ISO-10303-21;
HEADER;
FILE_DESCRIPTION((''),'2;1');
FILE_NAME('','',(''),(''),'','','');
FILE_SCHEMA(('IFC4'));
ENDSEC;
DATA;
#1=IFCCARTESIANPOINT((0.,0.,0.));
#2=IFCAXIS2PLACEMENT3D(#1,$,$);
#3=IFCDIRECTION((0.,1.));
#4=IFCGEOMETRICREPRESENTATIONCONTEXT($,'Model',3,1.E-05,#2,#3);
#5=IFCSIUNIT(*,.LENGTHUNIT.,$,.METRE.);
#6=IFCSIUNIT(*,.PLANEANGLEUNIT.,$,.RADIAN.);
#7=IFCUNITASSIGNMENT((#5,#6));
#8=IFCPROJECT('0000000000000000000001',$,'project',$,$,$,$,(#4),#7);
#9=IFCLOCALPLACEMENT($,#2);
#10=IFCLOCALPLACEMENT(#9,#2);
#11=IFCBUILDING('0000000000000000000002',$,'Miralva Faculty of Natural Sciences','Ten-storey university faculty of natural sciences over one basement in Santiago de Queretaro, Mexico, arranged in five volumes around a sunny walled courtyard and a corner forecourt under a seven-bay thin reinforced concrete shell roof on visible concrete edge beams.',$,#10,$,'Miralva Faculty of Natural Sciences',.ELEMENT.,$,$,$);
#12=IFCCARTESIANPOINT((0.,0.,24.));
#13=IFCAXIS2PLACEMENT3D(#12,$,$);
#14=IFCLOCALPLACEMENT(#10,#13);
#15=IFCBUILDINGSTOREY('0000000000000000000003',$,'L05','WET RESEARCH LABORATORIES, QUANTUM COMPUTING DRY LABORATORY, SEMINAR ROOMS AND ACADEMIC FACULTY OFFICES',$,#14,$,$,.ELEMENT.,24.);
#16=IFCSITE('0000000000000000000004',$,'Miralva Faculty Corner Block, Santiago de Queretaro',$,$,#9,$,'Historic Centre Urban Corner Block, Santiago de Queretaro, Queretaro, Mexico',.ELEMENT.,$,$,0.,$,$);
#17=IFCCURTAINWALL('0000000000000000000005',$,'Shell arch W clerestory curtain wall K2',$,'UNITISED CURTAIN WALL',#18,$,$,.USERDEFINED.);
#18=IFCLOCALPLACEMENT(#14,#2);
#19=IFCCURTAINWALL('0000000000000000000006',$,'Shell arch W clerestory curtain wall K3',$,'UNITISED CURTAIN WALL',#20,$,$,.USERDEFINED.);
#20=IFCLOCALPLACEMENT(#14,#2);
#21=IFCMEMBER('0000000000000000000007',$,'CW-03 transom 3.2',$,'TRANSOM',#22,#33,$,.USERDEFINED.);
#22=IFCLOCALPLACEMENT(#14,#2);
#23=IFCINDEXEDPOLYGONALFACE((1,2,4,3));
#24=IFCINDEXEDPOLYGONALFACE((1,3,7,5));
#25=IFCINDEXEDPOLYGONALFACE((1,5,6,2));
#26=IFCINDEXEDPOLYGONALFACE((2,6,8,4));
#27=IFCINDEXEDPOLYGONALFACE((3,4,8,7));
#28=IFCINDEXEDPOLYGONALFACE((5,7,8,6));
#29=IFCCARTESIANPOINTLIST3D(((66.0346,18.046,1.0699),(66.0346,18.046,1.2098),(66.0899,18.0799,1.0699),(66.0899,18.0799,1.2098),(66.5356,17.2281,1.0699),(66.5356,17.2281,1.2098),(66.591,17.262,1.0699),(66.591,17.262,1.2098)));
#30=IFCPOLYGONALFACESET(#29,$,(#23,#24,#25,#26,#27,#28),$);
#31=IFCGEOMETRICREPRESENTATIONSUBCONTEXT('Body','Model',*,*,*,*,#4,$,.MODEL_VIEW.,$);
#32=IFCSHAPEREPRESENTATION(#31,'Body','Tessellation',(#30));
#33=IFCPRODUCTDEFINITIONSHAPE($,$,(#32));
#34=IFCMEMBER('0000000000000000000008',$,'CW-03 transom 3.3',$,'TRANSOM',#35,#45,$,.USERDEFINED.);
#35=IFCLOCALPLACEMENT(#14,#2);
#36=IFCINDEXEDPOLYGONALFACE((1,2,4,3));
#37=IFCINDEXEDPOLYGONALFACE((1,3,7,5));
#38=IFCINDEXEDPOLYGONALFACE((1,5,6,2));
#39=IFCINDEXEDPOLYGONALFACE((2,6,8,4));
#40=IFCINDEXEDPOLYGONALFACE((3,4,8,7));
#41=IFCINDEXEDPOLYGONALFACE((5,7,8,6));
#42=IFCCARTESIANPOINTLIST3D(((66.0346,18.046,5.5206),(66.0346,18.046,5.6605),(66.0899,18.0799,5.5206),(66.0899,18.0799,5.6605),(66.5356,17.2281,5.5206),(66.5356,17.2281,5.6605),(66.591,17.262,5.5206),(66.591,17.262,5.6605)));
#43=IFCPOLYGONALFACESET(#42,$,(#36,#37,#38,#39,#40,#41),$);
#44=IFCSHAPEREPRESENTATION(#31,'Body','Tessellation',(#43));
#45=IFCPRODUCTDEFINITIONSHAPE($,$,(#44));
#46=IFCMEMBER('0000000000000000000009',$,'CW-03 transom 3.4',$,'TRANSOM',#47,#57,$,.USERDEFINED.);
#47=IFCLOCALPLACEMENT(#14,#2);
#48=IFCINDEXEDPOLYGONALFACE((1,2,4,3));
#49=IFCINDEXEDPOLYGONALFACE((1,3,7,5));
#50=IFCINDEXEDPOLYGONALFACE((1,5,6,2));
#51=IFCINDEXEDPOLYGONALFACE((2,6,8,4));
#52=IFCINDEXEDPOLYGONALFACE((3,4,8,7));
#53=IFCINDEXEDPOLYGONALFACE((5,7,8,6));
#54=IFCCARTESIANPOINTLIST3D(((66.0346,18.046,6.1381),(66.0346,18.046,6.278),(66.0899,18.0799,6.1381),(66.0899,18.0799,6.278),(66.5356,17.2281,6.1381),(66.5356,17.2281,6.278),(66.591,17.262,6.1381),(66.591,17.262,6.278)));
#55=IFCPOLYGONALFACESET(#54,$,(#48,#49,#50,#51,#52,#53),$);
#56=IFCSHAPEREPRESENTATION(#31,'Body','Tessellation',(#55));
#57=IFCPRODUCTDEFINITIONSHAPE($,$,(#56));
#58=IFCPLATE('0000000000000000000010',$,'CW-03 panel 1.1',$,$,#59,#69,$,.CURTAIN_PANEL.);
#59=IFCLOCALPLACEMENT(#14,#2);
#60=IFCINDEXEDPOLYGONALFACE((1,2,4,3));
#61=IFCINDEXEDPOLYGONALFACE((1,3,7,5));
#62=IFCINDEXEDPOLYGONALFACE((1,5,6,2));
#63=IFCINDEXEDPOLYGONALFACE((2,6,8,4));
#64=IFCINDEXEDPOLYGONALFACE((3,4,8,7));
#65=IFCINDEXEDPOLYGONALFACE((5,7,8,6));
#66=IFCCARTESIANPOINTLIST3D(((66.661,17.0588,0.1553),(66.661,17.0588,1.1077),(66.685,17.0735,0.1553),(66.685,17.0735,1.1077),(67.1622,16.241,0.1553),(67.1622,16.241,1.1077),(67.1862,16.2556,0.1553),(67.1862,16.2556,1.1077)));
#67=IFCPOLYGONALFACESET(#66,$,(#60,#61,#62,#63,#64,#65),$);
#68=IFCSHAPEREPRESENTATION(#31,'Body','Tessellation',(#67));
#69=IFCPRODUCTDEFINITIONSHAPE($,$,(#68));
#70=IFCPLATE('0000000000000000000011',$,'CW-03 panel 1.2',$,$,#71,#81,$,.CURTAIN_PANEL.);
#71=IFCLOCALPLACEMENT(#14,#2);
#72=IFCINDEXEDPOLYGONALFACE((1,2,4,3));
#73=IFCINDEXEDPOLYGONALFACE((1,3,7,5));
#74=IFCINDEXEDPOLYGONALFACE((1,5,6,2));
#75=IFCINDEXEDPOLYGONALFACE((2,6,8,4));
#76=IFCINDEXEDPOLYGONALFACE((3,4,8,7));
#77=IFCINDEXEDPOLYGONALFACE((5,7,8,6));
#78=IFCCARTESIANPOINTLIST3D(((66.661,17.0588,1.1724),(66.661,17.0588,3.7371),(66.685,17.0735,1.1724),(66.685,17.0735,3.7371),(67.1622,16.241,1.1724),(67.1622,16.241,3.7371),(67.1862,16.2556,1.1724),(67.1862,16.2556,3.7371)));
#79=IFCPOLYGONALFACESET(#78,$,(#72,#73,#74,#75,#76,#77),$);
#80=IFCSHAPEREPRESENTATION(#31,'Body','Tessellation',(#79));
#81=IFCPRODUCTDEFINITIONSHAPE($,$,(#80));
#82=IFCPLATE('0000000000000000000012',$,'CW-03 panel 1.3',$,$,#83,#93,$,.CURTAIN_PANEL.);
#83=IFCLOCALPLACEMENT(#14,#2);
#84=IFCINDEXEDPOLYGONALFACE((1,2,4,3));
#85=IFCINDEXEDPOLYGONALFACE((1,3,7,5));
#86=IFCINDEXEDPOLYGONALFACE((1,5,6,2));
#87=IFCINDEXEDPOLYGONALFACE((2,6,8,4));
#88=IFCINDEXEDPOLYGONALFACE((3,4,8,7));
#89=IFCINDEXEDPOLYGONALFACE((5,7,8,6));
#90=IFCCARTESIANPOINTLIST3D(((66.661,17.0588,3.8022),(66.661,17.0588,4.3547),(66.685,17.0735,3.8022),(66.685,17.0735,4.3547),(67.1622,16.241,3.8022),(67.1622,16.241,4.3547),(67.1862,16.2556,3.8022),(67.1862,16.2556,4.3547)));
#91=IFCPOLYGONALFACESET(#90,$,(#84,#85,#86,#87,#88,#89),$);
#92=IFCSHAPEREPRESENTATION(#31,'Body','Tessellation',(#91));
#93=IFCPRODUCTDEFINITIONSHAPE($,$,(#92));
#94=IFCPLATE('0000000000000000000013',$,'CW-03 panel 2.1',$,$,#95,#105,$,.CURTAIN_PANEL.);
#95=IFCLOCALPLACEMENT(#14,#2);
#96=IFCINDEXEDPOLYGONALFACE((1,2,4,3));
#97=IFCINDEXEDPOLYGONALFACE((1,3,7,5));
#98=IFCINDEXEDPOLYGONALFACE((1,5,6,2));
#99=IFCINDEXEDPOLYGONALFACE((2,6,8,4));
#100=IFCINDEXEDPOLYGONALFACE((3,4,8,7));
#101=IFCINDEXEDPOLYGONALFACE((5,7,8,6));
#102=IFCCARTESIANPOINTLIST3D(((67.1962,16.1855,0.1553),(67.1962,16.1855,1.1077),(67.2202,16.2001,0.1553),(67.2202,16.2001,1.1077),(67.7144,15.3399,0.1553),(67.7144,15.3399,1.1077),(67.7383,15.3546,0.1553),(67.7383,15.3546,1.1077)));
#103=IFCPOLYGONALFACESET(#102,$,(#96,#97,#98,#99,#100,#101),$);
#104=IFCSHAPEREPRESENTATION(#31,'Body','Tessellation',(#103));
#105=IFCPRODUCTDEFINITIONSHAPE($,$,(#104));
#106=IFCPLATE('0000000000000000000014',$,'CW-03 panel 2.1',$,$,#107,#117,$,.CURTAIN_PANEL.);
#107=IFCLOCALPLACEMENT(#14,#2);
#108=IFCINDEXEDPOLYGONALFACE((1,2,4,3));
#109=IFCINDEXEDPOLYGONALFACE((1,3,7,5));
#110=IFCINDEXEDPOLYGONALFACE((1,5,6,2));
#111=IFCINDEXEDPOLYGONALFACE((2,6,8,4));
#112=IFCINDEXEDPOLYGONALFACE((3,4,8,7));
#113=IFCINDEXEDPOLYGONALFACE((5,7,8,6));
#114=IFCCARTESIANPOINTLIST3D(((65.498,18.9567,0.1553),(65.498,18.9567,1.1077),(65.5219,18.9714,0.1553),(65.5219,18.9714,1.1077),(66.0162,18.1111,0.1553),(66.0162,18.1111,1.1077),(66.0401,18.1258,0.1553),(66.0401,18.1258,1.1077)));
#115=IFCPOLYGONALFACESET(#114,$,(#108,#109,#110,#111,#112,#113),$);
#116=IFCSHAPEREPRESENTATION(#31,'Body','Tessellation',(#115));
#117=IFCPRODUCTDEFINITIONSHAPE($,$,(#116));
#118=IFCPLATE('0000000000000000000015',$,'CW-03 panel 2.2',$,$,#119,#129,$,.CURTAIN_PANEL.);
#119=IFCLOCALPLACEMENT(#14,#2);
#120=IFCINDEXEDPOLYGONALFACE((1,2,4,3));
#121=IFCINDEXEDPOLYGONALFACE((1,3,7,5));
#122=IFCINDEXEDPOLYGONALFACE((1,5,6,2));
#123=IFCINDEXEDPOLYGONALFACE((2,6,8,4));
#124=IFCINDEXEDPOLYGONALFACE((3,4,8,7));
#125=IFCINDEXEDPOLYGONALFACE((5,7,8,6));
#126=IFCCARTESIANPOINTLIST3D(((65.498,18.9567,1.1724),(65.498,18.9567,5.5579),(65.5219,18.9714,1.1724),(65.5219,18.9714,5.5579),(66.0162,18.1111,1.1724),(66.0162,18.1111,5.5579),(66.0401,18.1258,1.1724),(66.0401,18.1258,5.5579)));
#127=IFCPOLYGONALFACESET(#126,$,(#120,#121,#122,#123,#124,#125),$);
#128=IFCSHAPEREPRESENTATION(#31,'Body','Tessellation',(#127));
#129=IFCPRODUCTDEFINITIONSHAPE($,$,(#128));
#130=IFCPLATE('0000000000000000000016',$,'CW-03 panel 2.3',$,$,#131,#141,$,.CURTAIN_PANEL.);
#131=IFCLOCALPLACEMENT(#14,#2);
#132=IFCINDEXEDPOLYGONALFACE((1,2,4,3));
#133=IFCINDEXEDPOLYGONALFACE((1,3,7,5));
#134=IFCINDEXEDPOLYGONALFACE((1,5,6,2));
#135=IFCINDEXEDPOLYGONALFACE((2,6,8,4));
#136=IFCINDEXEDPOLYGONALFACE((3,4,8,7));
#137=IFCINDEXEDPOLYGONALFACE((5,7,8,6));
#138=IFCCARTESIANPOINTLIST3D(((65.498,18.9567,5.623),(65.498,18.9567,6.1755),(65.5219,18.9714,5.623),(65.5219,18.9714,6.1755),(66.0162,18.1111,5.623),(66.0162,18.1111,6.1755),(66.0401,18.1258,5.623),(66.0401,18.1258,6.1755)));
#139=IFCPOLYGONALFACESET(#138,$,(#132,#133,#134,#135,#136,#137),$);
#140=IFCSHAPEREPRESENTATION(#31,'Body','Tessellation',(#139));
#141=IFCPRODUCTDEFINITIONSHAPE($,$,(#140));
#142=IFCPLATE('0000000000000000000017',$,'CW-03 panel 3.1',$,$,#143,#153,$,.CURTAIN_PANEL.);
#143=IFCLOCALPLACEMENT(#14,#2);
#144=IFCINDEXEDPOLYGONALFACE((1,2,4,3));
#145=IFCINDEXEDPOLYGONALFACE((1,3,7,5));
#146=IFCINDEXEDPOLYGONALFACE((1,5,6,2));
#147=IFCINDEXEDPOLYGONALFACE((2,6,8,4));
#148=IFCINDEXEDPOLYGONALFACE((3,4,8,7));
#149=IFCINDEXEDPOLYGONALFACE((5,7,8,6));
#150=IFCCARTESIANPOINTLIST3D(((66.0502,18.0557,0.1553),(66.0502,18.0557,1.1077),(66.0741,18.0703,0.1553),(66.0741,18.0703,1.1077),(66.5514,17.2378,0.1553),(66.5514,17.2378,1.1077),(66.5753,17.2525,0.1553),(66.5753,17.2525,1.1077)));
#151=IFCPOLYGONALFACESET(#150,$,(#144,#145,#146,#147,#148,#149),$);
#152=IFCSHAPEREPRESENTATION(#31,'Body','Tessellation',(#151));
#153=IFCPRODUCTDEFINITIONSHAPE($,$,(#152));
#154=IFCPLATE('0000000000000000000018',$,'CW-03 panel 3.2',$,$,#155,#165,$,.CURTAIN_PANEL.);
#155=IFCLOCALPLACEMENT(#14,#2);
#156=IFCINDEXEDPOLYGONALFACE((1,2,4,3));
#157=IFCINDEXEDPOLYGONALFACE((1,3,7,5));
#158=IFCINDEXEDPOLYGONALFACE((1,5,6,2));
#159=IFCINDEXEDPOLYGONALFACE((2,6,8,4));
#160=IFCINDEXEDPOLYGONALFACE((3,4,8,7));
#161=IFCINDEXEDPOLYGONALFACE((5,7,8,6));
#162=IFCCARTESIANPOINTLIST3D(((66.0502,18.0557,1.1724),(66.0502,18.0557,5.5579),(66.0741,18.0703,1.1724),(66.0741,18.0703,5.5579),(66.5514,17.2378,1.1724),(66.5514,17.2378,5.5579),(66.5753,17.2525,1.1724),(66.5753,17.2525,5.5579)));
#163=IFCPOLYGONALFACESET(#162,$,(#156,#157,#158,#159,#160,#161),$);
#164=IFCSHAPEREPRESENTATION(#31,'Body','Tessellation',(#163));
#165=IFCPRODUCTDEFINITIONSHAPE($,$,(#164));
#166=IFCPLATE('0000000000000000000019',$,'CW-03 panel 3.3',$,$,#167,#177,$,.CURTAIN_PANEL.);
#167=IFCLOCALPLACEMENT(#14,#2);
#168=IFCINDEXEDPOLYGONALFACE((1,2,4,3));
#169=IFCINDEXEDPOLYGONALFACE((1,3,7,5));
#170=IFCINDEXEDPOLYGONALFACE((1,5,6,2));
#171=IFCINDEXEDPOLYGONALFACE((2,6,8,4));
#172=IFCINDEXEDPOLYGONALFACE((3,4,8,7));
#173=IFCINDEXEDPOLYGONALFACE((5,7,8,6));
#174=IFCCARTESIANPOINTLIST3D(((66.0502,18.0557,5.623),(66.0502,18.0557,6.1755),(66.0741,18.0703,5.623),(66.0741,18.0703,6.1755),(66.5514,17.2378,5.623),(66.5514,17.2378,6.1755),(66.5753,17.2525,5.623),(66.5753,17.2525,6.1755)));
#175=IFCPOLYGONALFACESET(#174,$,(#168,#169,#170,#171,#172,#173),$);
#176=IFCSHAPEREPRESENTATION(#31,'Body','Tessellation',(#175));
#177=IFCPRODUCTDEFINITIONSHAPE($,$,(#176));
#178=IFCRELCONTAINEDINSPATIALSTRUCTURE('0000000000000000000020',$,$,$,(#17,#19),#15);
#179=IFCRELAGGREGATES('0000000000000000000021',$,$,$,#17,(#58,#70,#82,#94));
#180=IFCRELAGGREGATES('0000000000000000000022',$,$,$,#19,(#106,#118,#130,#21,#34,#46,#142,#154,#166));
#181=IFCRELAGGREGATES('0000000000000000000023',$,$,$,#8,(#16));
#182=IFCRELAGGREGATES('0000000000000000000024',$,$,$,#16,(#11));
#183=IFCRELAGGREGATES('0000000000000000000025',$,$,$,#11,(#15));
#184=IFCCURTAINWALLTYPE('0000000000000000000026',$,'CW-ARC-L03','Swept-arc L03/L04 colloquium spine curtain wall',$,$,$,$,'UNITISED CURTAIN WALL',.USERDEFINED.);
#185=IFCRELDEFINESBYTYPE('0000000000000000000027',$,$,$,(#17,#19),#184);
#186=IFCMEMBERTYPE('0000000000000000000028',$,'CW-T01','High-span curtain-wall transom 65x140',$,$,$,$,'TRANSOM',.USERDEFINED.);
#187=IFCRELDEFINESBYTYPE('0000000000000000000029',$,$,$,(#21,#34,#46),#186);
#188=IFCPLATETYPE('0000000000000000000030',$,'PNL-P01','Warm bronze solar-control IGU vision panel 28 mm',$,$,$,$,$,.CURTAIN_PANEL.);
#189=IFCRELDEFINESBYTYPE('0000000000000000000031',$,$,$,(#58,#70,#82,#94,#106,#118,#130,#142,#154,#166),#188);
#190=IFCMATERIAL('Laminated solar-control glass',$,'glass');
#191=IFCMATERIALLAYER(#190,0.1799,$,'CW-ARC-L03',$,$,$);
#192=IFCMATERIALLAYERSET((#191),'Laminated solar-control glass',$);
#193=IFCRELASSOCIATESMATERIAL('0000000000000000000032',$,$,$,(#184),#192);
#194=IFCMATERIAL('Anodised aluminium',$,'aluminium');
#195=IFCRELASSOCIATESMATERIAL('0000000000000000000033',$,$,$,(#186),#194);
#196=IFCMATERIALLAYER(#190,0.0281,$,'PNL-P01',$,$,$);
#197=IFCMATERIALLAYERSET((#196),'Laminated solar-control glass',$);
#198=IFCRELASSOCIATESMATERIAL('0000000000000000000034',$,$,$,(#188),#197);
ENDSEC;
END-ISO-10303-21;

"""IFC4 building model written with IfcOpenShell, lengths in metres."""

from ifc_helpers import new_model, si_unit, direction, frame, origin, origin_2d, place, context, subcontext, project, spatial, rectangle, extrude, material, layer, layer_set, material_profile, profile_set, type_object, element, aggregate, save


model = new_model("IFC4")

# Units and contexts
model_context = context("Model", 3, precision=1e-05, world=origin(), true_north=direction((0.0, 1.0)))
body_context = subcontext(model_context, "Body", "Model", "MODEL_VIEW")
ifc_project = project(units=[si_unit("LENGTHUNIT", "METRE"), si_unit("PLANEANGLEUNIT", "RADIAN")], contexts=[model_context])

# Site, building, storey
site_placement = place(None, origin())
site = spatial("IfcSite", under=ifc_project, at=site_placement, Name="Miralva Faculty Corner Block, Santiago de Queretaro", LongName="Historic Centre Urban Corner Block, Santiago de Queretaro, Queretaro, Mexico", CompositionType="ELEMENT", RefElevation=0.0)
building_placement = place(site_placement, origin())
building = spatial("IfcBuilding", under=site, at=building_placement, Name="Miralva Faculty of Natural Sciences", Description="Ten-storey university faculty of natural sciences over one basement in Santiago de Queretaro, Mexico, arranged in five volumes around a sunny walled courtyard and a corner forecourt under a seven-bay thin reinforced concrete shell roof on visible concrete edge beams.", LongName="Miralva Faculty of Natural Sciences", CompositionType="ELEMENT")
storey_placement = place(building_placement, frame((0.0, 0.0, 24.0)))
storey = spatial("IfcBuildingStorey", under=building, at=storey_placement, Name="L05", Description="WET RESEARCH LABORATORIES, QUANTUM COMPUTING DRY LABORATORY, SEMINAR ROOMS AND ACADEMIC FACULTY OFFICES", CompositionType="ELEMENT", Elevation=24.0)

# Curtain walls
ifc_material_1 = material(Name="Laminated solar-control glass", Category="glass")
ifc_layer_1 = layer(ifc_material_1, 0.1799, Name="CW-ARC-L03")
ifc_layer_set_1 = layer_set([ifc_layer_1], Name="Laminated solar-control glass")
curtain_wall_type = type_object("IfcCurtainWallType", Name="CW-ARC-L03", Description="Swept-arc L03/L04 colloquium spine curtain wall", ElementType="UNITISED CURTAIN WALL", PredefinedType="USERDEFINED", material=ifc_layer_set_1)
curtain_wall_1_placement = place(storey_placement, origin())
curtain_wall_1 = element("IfcCurtainWall", 1, at=curtain_wall_1_placement, inside=storey, type_object=curtain_wall_type, Name="Shell arch W clerestory curtain wall K2", ObjectType="UNITISED CURTAIN WALL", PredefinedType="USERDEFINED")
ifc_material_2 = material(Name="Anodised aluminium", Category="aluminium")
curtain_wall_2_placement = place(storey_placement, origin())
curtain_wall_2 = element("IfcCurtainWall", 2, at=curtain_wall_2_placement, inside=storey, type_object=curtain_wall_type, Name="Shell arch W clerestory curtain wall K3", ObjectType="UNITISED CURTAIN WALL", PredefinedType="USERDEFINED")

# Members
ifc_material_profile_1 = material_profile(ifc_material_2, rectangle(XDim=0.0649, YDim=0.1399, at=origin_2d()), Name="TRANSOM 65x140")
ifc_profile_set_1 = profile_set([ifc_material_profile_1], Name="Anodised aluminium")
member_type_1 = type_object("IfcMemberType", Name="CW-T01", Description="High-span curtain-wall transom 65x140", ElementType="TRANSOM", PredefinedType="USERDEFINED", material=ifc_profile_set_1)
member_1_placement = place(storey_placement, frame((66.0623, 18.063, 1.1399), z_axis=(0.522335, -0.85274, 0.0), x_axis=(0.85274, 0.522335, 0.0)))
member_1 = element("IfcMember", 3, at=member_1_placement, type_object=member_type_1, Name="CW-03 transom 3.2", ObjectType="TRANSOM", PredefinedType="USERDEFINED", context=body_context, shape_type="SweptSolid", body=[
    extrude(rectangle(XDim=0.0649, YDim=0.1399, at=origin_2d()), origin(), (0.0, 0.0, 1.0), 0.9592),
])
member_2_placement = place(storey_placement, frame((66.0623, 18.063, 5.5906), z_axis=(0.522335, -0.85274, 0.0), x_axis=(0.85274, 0.522335, 0.0)))
member_2 = element("IfcMember", 4, at=member_2_placement, type_object=member_type_1, Name="CW-03 transom 3.3", ObjectType="TRANSOM", PredefinedType="USERDEFINED", context=body_context, shape_type="SweptSolid", body=[
    extrude(rectangle(XDim=0.0649, YDim=0.1399, at=origin_2d()), origin(), (0.0, 0.0, 1.0), 0.9592),
])
member_3_placement = place(storey_placement, frame((66.0623, 18.063, 6.208), z_axis=(0.522335, -0.85274, 0.0), x_axis=(0.85274, 0.522335, 0.0)))
member_3 = element("IfcMember", 5, at=member_3_placement, type_object=member_type_1, Name="CW-03 transom 3.4", ObjectType="TRANSOM", PredefinedType="USERDEFINED", context=body_context, shape_type="SweptSolid", body=[
    extrude(rectangle(XDim=0.0649, YDim=0.1399, at=origin_2d()), origin(), (0.0, 0.0, 1.0), 0.9592),
])

# Plates
ifc_layer_2 = layer(ifc_material_1, 0.0281, Name="PNL-P01")
ifc_layer_set_2 = layer_set([ifc_layer_2], Name="Laminated solar-control glass")
plate_type = type_object("IfcPlateType", Name="PNL-P01", Description="Warm bronze solar-control IGU vision panel 28 mm", PredefinedType="CURTAIN_PANEL", material=ifc_layer_set_2)
plate_1_placement = place(storey_placement, frame((66.9236, 16.6572, 0.1553), z_axis=(0.0, 0.0, 1.0), x_axis=(0.522504, -0.852637, 0.0)))
plate_1 = element("IfcPlate", 6, at=plate_1_placement, type_object=plate_type, Name="CW-03 panel 1.1", PredefinedType="CURTAIN_PANEL", context=body_context, shape_type="SweptSolid", body=[
    extrude(rectangle(XDim=0.9592, YDim=0.0281, at=origin_2d()), origin(), (0.0, 0.0, 1.0), 0.9524),
])
plate_2_placement = place(storey_placement, frame((66.9236, 16.6572, 1.1724), z_axis=(0.0, 0.0, 1.0), x_axis=(0.522504, -0.852637, 0.0)))
plate_2 = element("IfcPlate", 7, at=plate_2_placement, type_object=plate_type, Name="CW-03 panel 1.2", PredefinedType="CURTAIN_PANEL", context=body_context, shape_type="SweptSolid", body=[
    extrude(rectangle(XDim=0.9592, YDim=0.0281, at=origin_2d()), origin(), (0.0, 0.0, 1.0), 2.5647),
])
plate_3_placement = place(storey_placement, frame((66.9236, 16.6572, 3.8022), z_axis=(0.0, 0.0, 1.0), x_axis=(0.522504, -0.852637, 0.0)))
plate_3 = element("IfcPlate", 8, at=plate_3_placement, type_object=plate_type, Name="CW-03 panel 1.3", PredefinedType="CURTAIN_PANEL", context=body_context, shape_type="SweptSolid", body=[
    extrude(rectangle(XDim=0.9592, YDim=0.0281, at=origin_2d()), origin(), (0.0, 0.0, 1.0), 0.5525),
])
plate_4_placement = place(storey_placement, frame((67.4673, 15.77, 0.1553), z_axis=(0.0, 0.0, 1.0), x_axis=(0.522504, -0.852637, 0.0)))
plate_4 = element("IfcPlate", 9, at=plate_4_placement, type_object=plate_type, Name="CW-03 panel 2.1", PredefinedType="CURTAIN_PANEL", context=body_context, shape_type="SweptSolid", body=[
    extrude(rectangle(XDim=0.9917, YDim=0.0281, at=origin_2d()), origin(), (0.0, 0.0, 1.0), 0.9524),
])
aggregate(curtain_wall_1, [plate_1, plate_2, plate_3, plate_4])
plate_5_placement = place(storey_placement, frame((65.769, 18.5413, 0.1553), z_axis=(0.0, 0.0, 1.0), x_axis=(0.522504, -0.852637, 0.0)))
plate_5 = element("IfcPlate", 10, at=plate_5_placement, type_object=plate_type, Name="CW-03 panel 2.1", PredefinedType="CURTAIN_PANEL", context=body_context, shape_type="SweptSolid", body=[
    extrude(rectangle(XDim=0.9917, YDim=0.0281, at=origin_2d()), origin(), (0.0, 0.0, 1.0), 0.9524),
])
plate_6_placement = place(storey_placement, frame((65.769, 18.5413, 1.1724), z_axis=(0.0, 0.0, 1.0), x_axis=(0.522504, -0.852637, 0.0)))
plate_6 = element("IfcPlate", 11, at=plate_6_placement, type_object=plate_type, Name="CW-03 panel 2.2", PredefinedType="CURTAIN_PANEL", context=body_context, shape_type="SweptSolid", body=[
    extrude(rectangle(XDim=0.9917, YDim=0.0281, at=origin_2d()), origin(), (0.0, 0.0, 1.0), 4.3855),
])
plate_7_placement = place(storey_placement, frame((65.769, 18.5413, 5.623), z_axis=(0.0, 0.0, 1.0), x_axis=(0.522504, -0.852637, 0.0)))
plate_7 = element("IfcPlate", 12, at=plate_7_placement, type_object=plate_type, Name="CW-03 panel 2.3", PredefinedType="CURTAIN_PANEL", context=body_context, shape_type="SweptSolid", body=[
    extrude(rectangle(XDim=0.9917, YDim=0.0281, at=origin_2d()), origin(), (0.0, 0.0, 1.0), 0.5525),
])
plate_8_placement = place(storey_placement, frame((66.3127, 17.6541, 0.1553), z_axis=(0.0, 0.0, 1.0), x_axis=(0.522504, -0.852637, 0.0)))
plate_8 = element("IfcPlate", 13, at=plate_8_placement, type_object=plate_type, Name="CW-03 panel 3.1", PredefinedType="CURTAIN_PANEL", context=body_context, shape_type="SweptSolid", body=[
    extrude(rectangle(XDim=0.9592, YDim=0.0281, at=origin_2d()), origin(), (0.0, 0.0, 1.0), 0.9524),
])
plate_9_placement = place(storey_placement, frame((66.3127, 17.6541, 1.1724), z_axis=(0.0, 0.0, 1.0), x_axis=(0.522504, -0.852637, 0.0)))
plate_9 = element("IfcPlate", 14, at=plate_9_placement, type_object=plate_type, Name="CW-03 panel 3.2", PredefinedType="CURTAIN_PANEL", context=body_context, shape_type="SweptSolid", body=[
    extrude(rectangle(XDim=0.9592, YDim=0.0281, at=origin_2d()), origin(), (0.0, 0.0, 1.0), 4.3855),
])
plate_10_placement = place(storey_placement, frame((66.3127, 17.6541, 5.623), z_axis=(0.0, 0.0, 1.0), x_axis=(0.522504, -0.852637, 0.0)))
plate_10 = element("IfcPlate", 15, at=plate_10_placement, type_object=plate_type, Name="CW-03 panel 3.3", PredefinedType="CURTAIN_PANEL", context=body_context, shape_type="SweptSolid", body=[
    extrude(rectangle(XDim=0.9592, YDim=0.0281, at=origin_2d()), origin(), (0.0, 0.0, 1.0), 0.5525),
])
aggregate(curtain_wall_2, [plate_5, plate_6, plate_7, member_1, member_2, member_3, plate_8, plate_9, plate_10])

save(model, "model.ifc")
